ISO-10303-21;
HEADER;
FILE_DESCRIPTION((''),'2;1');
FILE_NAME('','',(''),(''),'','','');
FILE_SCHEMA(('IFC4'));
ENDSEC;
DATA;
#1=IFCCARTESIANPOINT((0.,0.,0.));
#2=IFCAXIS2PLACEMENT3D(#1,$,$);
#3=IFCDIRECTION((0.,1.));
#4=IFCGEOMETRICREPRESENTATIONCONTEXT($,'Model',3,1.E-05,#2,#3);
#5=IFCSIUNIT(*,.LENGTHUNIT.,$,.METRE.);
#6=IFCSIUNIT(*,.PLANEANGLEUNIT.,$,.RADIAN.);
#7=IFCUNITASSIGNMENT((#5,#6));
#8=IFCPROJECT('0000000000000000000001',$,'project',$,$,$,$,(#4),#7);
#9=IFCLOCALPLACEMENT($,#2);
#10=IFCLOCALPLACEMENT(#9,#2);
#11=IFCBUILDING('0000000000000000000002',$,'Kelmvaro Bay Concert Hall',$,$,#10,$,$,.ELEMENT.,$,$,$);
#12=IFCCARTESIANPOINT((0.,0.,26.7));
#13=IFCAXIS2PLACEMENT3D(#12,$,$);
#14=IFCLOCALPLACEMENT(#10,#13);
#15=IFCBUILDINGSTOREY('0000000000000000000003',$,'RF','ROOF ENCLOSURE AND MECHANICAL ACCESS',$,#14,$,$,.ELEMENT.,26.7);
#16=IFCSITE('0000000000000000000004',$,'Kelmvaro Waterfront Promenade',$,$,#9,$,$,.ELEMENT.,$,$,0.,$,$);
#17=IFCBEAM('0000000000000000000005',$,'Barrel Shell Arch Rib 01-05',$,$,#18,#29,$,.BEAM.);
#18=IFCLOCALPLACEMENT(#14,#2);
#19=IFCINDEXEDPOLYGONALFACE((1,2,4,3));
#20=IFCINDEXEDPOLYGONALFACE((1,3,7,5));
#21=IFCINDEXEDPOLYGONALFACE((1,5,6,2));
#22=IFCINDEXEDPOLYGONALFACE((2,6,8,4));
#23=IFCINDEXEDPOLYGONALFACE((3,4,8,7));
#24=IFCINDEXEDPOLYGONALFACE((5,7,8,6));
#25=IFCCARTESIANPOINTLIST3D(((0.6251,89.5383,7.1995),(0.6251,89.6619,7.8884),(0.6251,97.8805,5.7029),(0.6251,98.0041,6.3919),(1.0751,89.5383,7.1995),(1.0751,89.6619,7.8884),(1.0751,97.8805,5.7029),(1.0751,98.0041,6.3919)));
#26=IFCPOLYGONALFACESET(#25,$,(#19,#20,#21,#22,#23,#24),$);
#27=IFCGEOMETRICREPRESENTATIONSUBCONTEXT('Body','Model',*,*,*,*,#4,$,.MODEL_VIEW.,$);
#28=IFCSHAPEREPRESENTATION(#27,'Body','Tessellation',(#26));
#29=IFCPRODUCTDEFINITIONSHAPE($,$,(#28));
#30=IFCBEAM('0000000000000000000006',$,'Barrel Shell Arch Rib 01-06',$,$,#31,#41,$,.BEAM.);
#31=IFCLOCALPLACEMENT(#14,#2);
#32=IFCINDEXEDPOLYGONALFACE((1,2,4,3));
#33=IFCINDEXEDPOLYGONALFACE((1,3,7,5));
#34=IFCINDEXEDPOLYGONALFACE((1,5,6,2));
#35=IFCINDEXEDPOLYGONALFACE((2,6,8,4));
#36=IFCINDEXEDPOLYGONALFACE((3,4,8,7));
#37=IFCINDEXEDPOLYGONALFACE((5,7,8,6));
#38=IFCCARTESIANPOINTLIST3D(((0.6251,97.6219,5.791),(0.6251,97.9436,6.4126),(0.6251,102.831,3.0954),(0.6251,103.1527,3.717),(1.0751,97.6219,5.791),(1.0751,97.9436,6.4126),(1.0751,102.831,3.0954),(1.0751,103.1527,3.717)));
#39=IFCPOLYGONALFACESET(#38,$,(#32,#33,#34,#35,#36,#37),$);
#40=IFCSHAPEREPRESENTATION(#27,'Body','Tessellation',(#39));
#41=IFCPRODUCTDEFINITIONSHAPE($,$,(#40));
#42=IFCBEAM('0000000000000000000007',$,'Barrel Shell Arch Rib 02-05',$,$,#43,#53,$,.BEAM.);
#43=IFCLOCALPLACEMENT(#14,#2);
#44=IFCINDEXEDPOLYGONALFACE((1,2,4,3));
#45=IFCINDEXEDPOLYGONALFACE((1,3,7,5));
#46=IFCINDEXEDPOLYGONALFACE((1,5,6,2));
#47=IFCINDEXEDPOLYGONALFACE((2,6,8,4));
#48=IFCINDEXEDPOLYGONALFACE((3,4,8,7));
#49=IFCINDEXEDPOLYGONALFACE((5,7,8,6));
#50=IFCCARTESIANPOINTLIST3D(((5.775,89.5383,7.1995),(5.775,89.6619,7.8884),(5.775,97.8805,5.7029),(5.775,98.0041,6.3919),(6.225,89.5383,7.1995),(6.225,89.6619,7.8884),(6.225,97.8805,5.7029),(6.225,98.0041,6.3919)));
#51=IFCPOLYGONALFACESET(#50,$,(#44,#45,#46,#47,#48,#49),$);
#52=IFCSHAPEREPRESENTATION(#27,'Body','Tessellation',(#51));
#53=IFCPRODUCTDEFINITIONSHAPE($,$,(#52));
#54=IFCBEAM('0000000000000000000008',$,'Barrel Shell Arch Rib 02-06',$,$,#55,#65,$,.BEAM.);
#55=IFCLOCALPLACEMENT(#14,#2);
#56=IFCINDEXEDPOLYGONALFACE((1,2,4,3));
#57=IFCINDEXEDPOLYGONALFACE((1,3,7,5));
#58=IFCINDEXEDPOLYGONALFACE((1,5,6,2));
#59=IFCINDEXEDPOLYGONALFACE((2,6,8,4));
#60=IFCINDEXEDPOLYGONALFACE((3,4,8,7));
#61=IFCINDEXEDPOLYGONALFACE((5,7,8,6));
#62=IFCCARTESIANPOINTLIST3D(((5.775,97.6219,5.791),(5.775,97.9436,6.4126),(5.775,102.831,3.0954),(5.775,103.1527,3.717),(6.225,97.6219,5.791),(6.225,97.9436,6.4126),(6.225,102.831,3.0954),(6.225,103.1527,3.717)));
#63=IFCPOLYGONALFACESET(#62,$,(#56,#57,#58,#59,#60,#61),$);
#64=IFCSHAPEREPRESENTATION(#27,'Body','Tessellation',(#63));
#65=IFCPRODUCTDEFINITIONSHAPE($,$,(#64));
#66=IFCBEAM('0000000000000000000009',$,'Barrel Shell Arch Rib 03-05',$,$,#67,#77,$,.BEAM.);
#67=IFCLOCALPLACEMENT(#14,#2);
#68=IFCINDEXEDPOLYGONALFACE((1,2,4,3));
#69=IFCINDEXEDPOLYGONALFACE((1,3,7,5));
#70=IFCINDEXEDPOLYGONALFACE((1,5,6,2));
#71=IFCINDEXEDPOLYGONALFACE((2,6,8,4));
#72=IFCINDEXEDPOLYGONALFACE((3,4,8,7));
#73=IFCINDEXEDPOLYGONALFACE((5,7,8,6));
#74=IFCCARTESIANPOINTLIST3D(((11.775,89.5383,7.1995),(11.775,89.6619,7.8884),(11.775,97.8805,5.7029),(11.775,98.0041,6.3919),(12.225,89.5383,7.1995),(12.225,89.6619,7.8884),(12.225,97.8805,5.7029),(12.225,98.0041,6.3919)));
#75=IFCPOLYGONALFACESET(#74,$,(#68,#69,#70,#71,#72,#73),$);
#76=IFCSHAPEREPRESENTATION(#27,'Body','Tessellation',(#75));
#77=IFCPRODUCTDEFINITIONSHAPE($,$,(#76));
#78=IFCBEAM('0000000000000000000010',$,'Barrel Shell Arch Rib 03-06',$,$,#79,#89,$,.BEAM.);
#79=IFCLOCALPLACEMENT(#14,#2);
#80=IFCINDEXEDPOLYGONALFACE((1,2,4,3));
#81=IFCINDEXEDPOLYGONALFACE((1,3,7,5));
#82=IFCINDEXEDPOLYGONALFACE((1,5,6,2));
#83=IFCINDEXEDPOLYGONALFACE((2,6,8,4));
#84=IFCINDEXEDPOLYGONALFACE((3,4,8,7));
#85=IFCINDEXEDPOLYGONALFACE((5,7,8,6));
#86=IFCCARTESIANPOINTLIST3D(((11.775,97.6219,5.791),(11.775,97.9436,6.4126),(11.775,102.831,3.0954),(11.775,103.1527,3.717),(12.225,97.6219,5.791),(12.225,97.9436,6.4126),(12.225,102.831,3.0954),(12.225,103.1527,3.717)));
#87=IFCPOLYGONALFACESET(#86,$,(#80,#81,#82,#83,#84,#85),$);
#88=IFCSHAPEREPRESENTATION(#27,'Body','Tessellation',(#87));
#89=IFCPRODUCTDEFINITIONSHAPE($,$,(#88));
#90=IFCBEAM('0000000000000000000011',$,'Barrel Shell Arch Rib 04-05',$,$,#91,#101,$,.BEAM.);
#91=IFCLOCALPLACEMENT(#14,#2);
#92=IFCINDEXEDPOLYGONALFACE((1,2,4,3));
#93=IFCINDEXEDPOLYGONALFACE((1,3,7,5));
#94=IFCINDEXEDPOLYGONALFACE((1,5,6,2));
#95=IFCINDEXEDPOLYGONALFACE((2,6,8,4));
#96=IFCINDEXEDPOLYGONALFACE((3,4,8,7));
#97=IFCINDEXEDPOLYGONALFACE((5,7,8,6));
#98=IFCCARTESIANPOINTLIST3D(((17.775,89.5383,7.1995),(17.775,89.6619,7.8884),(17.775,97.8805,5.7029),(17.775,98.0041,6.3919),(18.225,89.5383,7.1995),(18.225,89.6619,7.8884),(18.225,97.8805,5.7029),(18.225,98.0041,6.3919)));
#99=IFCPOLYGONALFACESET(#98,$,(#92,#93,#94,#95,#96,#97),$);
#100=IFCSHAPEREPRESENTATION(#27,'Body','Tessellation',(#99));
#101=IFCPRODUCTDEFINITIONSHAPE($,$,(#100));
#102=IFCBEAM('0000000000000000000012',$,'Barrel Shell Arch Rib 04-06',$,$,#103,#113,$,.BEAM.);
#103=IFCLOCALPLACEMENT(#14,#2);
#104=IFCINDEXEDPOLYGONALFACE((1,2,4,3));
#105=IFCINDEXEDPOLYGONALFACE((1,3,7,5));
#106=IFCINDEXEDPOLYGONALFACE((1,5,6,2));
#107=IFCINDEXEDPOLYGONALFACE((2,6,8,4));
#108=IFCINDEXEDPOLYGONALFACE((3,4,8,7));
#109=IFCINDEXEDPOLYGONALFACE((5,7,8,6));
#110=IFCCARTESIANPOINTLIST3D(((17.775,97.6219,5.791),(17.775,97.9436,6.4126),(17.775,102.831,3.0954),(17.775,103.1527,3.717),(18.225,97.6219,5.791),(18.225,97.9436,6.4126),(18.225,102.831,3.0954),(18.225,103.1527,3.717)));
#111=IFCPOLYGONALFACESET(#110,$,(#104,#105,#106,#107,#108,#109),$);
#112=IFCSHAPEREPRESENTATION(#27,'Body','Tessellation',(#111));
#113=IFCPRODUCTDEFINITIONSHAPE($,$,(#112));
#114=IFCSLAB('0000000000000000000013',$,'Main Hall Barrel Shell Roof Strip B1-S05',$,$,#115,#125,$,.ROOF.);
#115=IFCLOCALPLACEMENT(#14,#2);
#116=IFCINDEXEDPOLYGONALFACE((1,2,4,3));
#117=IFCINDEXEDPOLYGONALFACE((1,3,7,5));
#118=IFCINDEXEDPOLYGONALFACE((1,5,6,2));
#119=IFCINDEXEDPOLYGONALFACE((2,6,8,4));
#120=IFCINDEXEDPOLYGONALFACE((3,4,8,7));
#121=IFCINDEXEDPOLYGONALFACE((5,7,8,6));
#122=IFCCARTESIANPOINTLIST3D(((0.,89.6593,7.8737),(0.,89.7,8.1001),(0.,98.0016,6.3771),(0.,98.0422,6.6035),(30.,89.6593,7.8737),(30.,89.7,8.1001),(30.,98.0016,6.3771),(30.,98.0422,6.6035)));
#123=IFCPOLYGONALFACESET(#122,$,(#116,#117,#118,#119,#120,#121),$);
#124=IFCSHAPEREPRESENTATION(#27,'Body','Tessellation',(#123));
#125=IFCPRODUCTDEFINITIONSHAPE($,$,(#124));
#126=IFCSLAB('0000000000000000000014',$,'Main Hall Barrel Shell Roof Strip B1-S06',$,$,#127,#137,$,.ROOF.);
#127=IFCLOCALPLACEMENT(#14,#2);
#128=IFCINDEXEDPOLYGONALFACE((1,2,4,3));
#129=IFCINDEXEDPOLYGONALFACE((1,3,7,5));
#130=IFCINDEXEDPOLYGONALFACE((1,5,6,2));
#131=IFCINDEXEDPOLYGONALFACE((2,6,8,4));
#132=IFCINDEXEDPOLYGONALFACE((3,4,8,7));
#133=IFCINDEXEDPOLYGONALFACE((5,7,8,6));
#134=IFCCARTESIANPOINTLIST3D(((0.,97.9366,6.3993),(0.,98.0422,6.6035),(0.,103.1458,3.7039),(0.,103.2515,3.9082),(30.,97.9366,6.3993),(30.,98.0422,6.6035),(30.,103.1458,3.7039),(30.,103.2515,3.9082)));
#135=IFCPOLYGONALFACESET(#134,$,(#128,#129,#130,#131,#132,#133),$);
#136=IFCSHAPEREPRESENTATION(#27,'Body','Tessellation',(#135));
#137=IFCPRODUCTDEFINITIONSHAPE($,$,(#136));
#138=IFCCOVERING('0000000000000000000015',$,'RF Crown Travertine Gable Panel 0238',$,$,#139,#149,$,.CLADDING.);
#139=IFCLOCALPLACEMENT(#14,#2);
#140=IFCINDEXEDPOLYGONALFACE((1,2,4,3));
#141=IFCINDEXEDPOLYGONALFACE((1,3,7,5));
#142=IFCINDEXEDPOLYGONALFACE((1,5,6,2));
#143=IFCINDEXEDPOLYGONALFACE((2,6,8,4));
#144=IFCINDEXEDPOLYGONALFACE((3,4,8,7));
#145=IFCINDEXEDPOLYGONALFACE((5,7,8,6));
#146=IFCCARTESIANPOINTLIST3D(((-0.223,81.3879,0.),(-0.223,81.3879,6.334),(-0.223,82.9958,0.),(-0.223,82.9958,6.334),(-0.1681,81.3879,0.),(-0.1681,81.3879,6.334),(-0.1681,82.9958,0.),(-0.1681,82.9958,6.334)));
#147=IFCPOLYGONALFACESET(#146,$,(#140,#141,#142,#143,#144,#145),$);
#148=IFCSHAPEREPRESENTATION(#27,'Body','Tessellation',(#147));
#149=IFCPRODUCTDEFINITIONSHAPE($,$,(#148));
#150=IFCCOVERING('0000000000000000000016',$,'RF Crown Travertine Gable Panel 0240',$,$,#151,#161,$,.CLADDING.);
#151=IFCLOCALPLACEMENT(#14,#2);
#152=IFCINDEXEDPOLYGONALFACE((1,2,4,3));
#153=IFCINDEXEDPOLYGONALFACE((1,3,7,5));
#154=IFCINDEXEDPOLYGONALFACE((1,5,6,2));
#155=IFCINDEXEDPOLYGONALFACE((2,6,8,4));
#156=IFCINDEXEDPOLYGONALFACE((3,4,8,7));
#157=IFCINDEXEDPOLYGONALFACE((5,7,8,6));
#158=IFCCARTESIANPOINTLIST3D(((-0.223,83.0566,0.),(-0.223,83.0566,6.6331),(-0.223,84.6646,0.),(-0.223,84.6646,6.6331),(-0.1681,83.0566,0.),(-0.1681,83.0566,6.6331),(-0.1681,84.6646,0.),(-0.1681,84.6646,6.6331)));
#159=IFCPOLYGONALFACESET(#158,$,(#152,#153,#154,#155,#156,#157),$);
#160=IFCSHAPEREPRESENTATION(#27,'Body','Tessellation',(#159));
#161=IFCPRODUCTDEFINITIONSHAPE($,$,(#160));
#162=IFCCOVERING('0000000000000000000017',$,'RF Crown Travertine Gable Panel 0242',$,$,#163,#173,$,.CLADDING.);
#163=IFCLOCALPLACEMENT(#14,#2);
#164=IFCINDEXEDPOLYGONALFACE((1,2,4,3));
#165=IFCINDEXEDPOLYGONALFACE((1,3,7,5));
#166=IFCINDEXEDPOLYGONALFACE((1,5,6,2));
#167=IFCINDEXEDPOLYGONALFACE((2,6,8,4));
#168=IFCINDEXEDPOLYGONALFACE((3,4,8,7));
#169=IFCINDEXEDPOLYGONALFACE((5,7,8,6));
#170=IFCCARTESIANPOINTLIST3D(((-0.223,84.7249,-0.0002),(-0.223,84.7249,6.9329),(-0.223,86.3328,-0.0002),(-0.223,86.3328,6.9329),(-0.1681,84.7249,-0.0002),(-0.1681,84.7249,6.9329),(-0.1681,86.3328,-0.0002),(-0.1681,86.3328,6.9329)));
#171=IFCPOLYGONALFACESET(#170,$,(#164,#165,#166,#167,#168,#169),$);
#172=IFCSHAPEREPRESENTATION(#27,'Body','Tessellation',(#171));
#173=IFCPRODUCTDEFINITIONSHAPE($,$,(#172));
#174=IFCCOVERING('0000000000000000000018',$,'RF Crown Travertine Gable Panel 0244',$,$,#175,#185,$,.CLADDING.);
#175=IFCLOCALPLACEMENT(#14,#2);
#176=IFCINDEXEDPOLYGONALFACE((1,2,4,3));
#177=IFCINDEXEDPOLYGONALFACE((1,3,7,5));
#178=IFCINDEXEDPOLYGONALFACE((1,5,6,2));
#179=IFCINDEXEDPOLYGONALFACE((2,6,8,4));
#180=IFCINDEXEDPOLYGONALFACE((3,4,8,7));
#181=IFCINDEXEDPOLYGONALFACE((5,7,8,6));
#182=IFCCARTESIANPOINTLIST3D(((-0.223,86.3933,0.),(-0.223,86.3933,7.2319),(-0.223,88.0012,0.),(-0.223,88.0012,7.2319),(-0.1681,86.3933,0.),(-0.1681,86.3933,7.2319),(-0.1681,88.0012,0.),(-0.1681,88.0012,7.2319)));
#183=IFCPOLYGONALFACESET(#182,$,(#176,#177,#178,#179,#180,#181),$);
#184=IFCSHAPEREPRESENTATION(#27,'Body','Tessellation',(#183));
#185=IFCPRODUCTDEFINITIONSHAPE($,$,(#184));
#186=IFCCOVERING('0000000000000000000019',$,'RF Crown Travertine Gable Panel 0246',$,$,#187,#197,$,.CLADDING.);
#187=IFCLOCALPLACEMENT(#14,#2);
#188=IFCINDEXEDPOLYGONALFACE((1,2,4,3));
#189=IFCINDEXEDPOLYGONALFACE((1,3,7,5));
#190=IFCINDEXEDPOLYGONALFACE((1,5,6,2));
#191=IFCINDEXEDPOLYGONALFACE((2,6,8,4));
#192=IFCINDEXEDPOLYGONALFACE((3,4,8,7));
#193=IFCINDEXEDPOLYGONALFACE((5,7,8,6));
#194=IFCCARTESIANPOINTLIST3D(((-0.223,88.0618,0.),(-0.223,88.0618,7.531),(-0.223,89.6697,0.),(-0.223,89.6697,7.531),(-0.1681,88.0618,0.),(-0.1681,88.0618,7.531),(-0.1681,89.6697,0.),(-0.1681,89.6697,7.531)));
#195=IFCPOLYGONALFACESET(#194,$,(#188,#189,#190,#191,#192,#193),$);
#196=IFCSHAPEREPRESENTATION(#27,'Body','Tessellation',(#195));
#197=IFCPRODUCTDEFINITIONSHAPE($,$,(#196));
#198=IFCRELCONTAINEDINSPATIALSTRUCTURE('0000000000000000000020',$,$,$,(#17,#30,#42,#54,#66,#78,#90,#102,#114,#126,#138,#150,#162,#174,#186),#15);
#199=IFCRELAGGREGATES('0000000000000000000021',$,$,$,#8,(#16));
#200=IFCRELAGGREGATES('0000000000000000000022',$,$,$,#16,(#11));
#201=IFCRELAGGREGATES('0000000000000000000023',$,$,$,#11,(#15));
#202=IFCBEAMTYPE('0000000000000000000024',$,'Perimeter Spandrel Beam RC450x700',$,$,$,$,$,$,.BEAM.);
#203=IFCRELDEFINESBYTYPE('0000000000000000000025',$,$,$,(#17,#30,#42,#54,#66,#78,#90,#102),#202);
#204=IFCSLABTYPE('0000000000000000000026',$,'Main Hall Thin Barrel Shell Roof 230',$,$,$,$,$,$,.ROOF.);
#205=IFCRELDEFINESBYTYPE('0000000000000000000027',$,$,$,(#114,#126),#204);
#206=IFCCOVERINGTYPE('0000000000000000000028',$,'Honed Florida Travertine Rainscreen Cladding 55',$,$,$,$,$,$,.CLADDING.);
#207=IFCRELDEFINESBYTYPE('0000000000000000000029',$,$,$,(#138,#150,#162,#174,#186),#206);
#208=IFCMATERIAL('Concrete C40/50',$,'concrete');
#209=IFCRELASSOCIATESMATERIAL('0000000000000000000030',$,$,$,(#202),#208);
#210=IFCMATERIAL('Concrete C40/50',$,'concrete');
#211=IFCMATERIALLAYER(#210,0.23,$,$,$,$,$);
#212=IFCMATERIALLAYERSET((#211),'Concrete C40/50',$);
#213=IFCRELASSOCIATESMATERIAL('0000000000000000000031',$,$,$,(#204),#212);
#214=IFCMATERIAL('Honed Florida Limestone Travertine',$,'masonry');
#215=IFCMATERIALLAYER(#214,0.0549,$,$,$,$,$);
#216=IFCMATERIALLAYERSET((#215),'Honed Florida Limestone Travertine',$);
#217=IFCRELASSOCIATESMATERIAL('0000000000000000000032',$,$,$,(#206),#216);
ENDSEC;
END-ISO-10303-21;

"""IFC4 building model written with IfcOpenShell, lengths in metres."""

from ifc_helpers import new_model, si_unit, direction, frame, origin, origin_2d, place, context, subcontext, project, spatial, polyline, rectangle, outline, extrude, material, layer, layer_set, material_profile, profile_set, type_object, element, save


model = new_model("IFC4")

# Units and contexts
model_context = context("Model", 3, precision=1e-05, world=origin(), true_north=direction((0.0, 1.0)))
body_context = subcontext(model_context, "Body", "Model", "MODEL_VIEW")
ifc_project = project(units=[si_unit("LENGTHUNIT", "METRE"), si_unit("PLANEANGLEUNIT", "RADIAN")], contexts=[model_context])

# Site, building, storey
site_placement = place(None, origin())
site = spatial("IfcSite", under=ifc_project, at=site_placement, Name="Kelmvaro Waterfront Promenade", CompositionType="ELEMENT", RefElevation=0.0)
building_placement = place(site_placement, origin())
building = spatial("IfcBuilding", under=site, at=building_placement, Name="Kelmvaro Bay Concert Hall", CompositionType="ELEMENT")
storey_placement = place(building_placement, frame((0.0, 0.0, 26.7)))
storey = spatial("IfcBuildingStorey", under=building, at=storey_placement, Name="RF", Description="ROOF ENCLOSURE AND MECHANICAL ACCESS", CompositionType="ELEMENT", Elevation=26.7)

# Beams
ifc_material_1 = material(Name="Concrete C40/50", Category="concrete")
ifc_material_profile = material_profile(ifc_material_1, rectangle(XDim=0.45, YDim=0.7, at=origin_2d()), Name="RC-BM-450X700")
ifc_profile_set = profile_set([ifc_material_profile], Name="Concrete C40/50")
beam_type = type_object("IfcBeamType", Name="Perimeter Spandrel Beam RC450x700", PredefinedType="BEAM", material=ifc_profile_set)
beam_1_placement = place(storey_placement, frame((0.8501, 89.6001, 7.5439), z_axis=(0.0, 0.984287, -0.176578), x_axis=(-1.0, 0.0, 0.0)))
element("IfcBeam", 1, at=beam_1_placement, inside=storey, type_object=beam_type, Name="Barrel Shell Arch Rib 01-05", PredefinedType="BEAM", context=body_context, shape_type="SweptSolid", body=[
    extrude(rectangle(XDim=0.45, YDim=0.7, at=origin_2d()), origin(), (0.0, 0.0, 1.0), 8.4753),
])
beam_2_placement = place(storey_placement, frame((0.8501, 97.7827, 6.1018), z_axis=(0.0, 0.88813, -0.459592), x_axis=(-1.0, 0.0, 0.0)))
element("IfcBeam", 2, at=beam_2_placement, inside=storey, type_object=beam_type, Name="Barrel Shell Arch Rib 01-06", PredefinedType="BEAM", context=body_context, shape_type="SweptSolid", body=[
    extrude(rectangle(XDim=0.45, YDim=0.7, at=origin_2d()), origin(), (0.0, 0.0, 1.0), 5.8652),
])
beam_3_placement = place(storey_placement, frame((6.0, 89.6001, 7.5439), z_axis=(0.0, 0.984287, -0.176578), x_axis=(-1.0, 0.0, 0.0)))
element("IfcBeam", 3, at=beam_3_placement, inside=storey, type_object=beam_type, Name="Barrel Shell Arch Rib 02-05", PredefinedType="BEAM", context=body_context, shape_type="SweptSolid", body=[
    extrude(rectangle(XDim=0.45, YDim=0.7, at=origin_2d()), origin(), (0.0, 0.0, 1.0), 8.4753),
])
beam_4_placement = place(storey_placement, frame((6.0, 97.7827, 6.1018), z_axis=(0.0, 0.88813, -0.459592), x_axis=(-1.0, 0.0, 0.0)))
element("IfcBeam", 4, at=beam_4_placement, inside=storey, type_object=beam_type, Name="Barrel Shell Arch Rib 02-06", PredefinedType="BEAM", context=body_context, shape_type="SweptSolid", body=[
    extrude(rectangle(XDim=0.45, YDim=0.7, at=origin_2d()), origin(), (0.0, 0.0, 1.0), 5.8652),
])
beam_5_placement = place(storey_placement, frame((12.0, 89.6001, 7.5439), z_axis=(0.0, 0.984287, -0.176578), x_axis=(-1.0, 0.0, 0.0)))
element("IfcBeam", 5, at=beam_5_placement, inside=storey, type_object=beam_type, Name="Barrel Shell Arch Rib 03-05", PredefinedType="BEAM", context=body_context, shape_type="SweptSolid", body=[
    extrude(rectangle(XDim=0.45, YDim=0.7, at=origin_2d()), origin(), (0.0, 0.0, 1.0), 8.4753),
])
beam_6_placement = place(storey_placement, frame((12.0, 97.7827, 6.1018), z_axis=(0.0, 0.88813, -0.459592), x_axis=(-1.0, 0.0, 0.0)))
element("IfcBeam", 6, at=beam_6_placement, inside=storey, type_object=beam_type, Name="Barrel Shell Arch Rib 03-06", PredefinedType="BEAM", context=body_context, shape_type="SweptSolid", body=[
    extrude(rectangle(XDim=0.45, YDim=0.7, at=origin_2d()), origin(), (0.0, 0.0, 1.0), 5.8652),
])
beam_7_placement = place(storey_placement, frame((18.0, 89.6001, 7.5439), z_axis=(0.0, 0.984287, -0.176578), x_axis=(-1.0, 0.0, 0.0)))
element("IfcBeam", 7, at=beam_7_placement, inside=storey, type_object=beam_type, Name="Barrel Shell Arch Rib 04-05", PredefinedType="BEAM", context=body_context, shape_type="SweptSolid", body=[
    extrude(rectangle(XDim=0.45, YDim=0.7, at=origin_2d()), origin(), (0.0, 0.0, 1.0), 8.4753),
])
beam_8_placement = place(storey_placement, frame((18.0, 97.7827, 6.1018), z_axis=(0.0, 0.88813, -0.459592), x_axis=(-1.0, 0.0, 0.0)))
element("IfcBeam", 8, at=beam_8_placement, inside=storey, type_object=beam_type, Name="Barrel Shell Arch Rib 04-06", PredefinedType="BEAM", context=body_context, shape_type="SweptSolid", body=[
    extrude(rectangle(XDim=0.45, YDim=0.7, at=origin_2d()), origin(), (0.0, 0.0, 1.0), 5.8652),
])

# Slabs
ifc_material_2 = material(Name="Concrete C40/50", Category="concrete")
ifc_layer_1 = layer(ifc_material_2, 0.23)
ifc_layer_set_1 = layer_set([ifc_layer_1], Name="Concrete C40/50")
slab_type = type_object("IfcSlabType", Name="Main Hall Thin Barrel Shell Roof 230", PredefinedType="ROOF", material=ifc_layer_set_1)
slab_1_placement = place(storey_placement, frame((0.0, 89.7, 8.1001), z_axis=(0.0, 0.176578, 0.984287), x_axis=(1.0, 0.0, 0.0)))
element("IfcSlab", 9, at=slab_1_placement, inside=storey, type_object=slab_type, Name="Main Hall Barrel Shell Roof Strip B1-S05", PredefinedType="ROOF", context=body_context, shape_type="SweptSolid", body=[
    extrude(outline(polyline([(0.0, 0.0), (30.0, 0.0), (30.0, 8.4755), (0.0, 8.4755), (0.0, 0.0)])), origin(), (0.0, 0.0, -1.0), 0.23),
])
slab_2_placement = place(storey_placement, frame((0.0, 98.0422, 6.6035), z_axis=(0.0, 0.459542, 0.888156), x_axis=(1.0, 0.0, 0.0)))
element("IfcSlab", 10, at=slab_2_placement, inside=storey, type_object=slab_type, Name="Main Hall Barrel Shell Roof Strip B1-S06", PredefinedType="ROOF", context=body_context, shape_type="SweptSolid", body=[
    extrude(outline(polyline([(0.0, 0.0), (30.0, 0.0), (30.0, 5.8652), (0.0, 5.8652), (0.0, 0.0)])), origin(), (0.0, 0.0, -1.0), 0.23),
])

# Coverings
ifc_material_3 = material(Name="Honed Florida Limestone Travertine", Category="masonry")
ifc_layer_2 = layer(ifc_material_3, 0.0549)
ifc_layer_set_2 = layer_set([ifc_layer_2], Name="Honed Florida Limestone Travertine")
covering_type = type_object("IfcCoveringType", Name="Honed Florida Travertine Rainscreen Cladding 55", PredefinedType="CLADDING", material=ifc_layer_set_2)
covering_1_placement = place(storey_placement, frame((-0.1956, 82.1919, 0.0), z_axis=(0.0, 0.0, 1.0), x_axis=(0.0, 1.0, 0.0)))
element("IfcCovering", 11, at=covering_1_placement, inside=storey, type_object=covering_type, Name="RF Crown Travertine Gable Panel 0238", PredefinedType="CLADDING", context=body_context, shape_type="SweptSolid", body=[
    extrude(rectangle(XDim=1.6079, YDim=0.0549, at=origin_2d()), origin(), (0.0, 0.0, 1.0), 6.334),
])
covering_2_placement = place(storey_placement, frame((-0.1956, 83.8606, 0.0), z_axis=(0.0, 0.0, 1.0), x_axis=(0.0, 1.0, 0.0)))
element("IfcCovering", 12, at=covering_2_placement, inside=storey, type_object=covering_type, Name="RF Crown Travertine Gable Panel 0240", PredefinedType="CLADDING", context=body_context, shape_type="SweptSolid", body=[
    extrude(rectangle(XDim=1.6079, YDim=0.0549, at=origin_2d()), origin(), (0.0, 0.0, 1.0), 6.6331),
])
covering_3_placement = place(storey_placement, frame((-0.1956, 85.5288, -0.0002), z_axis=(0.0, 0.0, 1.0), x_axis=(0.0, 1.0, 0.0)))
element("IfcCovering", 13, at=covering_3_placement, inside=storey, type_object=covering_type, Name="RF Crown Travertine Gable Panel 0242", PredefinedType="CLADDING", context=body_context, shape_type="SweptSolid", body=[
    extrude(rectangle(XDim=1.6079, YDim=0.0549, at=origin_2d()), origin(), (0.0, 0.0, 1.0), 6.9331),
])
covering_4_placement = place(storey_placement, frame((-0.1956, 87.1973, 0.0), z_axis=(0.0, 0.0, 1.0), x_axis=(0.0, 1.0, 0.0)))
element("IfcCovering", 14, at=covering_4_placement, inside=storey, type_object=covering_type, Name="RF Crown Travertine Gable Panel 0244", PredefinedType="CLADDING", context=body_context, shape_type="SweptSolid", body=[
    extrude(rectangle(XDim=1.6079, YDim=0.0549, at=origin_2d()), origin(), (0.0, 0.0, 1.0), 7.2319),
])
for number, where, z_axis, x_axis, name in (
    (15, (-0.1956, 88.8657, 0.0), (0.0, 0.0, 1.0), (0.0, 1.0, 0.0), "RF Crown Travertine Gable Panel 0246"),
):
    element("IfcCovering", number, at=place(storey_placement, frame(where, z_axis=z_axis, x_axis=x_axis)), inside=storey, type_object=covering_type, Name=name, PredefinedType="CLADDING", context=body_context, shape_type="SweptSolid", body=[
        extrude(rectangle(XDim=1.6079, YDim=0.0549, at=origin_2d()), origin(), (0.0, 0.0, 1.0), 7.531),
    ])

save(model, "model.ifc")
